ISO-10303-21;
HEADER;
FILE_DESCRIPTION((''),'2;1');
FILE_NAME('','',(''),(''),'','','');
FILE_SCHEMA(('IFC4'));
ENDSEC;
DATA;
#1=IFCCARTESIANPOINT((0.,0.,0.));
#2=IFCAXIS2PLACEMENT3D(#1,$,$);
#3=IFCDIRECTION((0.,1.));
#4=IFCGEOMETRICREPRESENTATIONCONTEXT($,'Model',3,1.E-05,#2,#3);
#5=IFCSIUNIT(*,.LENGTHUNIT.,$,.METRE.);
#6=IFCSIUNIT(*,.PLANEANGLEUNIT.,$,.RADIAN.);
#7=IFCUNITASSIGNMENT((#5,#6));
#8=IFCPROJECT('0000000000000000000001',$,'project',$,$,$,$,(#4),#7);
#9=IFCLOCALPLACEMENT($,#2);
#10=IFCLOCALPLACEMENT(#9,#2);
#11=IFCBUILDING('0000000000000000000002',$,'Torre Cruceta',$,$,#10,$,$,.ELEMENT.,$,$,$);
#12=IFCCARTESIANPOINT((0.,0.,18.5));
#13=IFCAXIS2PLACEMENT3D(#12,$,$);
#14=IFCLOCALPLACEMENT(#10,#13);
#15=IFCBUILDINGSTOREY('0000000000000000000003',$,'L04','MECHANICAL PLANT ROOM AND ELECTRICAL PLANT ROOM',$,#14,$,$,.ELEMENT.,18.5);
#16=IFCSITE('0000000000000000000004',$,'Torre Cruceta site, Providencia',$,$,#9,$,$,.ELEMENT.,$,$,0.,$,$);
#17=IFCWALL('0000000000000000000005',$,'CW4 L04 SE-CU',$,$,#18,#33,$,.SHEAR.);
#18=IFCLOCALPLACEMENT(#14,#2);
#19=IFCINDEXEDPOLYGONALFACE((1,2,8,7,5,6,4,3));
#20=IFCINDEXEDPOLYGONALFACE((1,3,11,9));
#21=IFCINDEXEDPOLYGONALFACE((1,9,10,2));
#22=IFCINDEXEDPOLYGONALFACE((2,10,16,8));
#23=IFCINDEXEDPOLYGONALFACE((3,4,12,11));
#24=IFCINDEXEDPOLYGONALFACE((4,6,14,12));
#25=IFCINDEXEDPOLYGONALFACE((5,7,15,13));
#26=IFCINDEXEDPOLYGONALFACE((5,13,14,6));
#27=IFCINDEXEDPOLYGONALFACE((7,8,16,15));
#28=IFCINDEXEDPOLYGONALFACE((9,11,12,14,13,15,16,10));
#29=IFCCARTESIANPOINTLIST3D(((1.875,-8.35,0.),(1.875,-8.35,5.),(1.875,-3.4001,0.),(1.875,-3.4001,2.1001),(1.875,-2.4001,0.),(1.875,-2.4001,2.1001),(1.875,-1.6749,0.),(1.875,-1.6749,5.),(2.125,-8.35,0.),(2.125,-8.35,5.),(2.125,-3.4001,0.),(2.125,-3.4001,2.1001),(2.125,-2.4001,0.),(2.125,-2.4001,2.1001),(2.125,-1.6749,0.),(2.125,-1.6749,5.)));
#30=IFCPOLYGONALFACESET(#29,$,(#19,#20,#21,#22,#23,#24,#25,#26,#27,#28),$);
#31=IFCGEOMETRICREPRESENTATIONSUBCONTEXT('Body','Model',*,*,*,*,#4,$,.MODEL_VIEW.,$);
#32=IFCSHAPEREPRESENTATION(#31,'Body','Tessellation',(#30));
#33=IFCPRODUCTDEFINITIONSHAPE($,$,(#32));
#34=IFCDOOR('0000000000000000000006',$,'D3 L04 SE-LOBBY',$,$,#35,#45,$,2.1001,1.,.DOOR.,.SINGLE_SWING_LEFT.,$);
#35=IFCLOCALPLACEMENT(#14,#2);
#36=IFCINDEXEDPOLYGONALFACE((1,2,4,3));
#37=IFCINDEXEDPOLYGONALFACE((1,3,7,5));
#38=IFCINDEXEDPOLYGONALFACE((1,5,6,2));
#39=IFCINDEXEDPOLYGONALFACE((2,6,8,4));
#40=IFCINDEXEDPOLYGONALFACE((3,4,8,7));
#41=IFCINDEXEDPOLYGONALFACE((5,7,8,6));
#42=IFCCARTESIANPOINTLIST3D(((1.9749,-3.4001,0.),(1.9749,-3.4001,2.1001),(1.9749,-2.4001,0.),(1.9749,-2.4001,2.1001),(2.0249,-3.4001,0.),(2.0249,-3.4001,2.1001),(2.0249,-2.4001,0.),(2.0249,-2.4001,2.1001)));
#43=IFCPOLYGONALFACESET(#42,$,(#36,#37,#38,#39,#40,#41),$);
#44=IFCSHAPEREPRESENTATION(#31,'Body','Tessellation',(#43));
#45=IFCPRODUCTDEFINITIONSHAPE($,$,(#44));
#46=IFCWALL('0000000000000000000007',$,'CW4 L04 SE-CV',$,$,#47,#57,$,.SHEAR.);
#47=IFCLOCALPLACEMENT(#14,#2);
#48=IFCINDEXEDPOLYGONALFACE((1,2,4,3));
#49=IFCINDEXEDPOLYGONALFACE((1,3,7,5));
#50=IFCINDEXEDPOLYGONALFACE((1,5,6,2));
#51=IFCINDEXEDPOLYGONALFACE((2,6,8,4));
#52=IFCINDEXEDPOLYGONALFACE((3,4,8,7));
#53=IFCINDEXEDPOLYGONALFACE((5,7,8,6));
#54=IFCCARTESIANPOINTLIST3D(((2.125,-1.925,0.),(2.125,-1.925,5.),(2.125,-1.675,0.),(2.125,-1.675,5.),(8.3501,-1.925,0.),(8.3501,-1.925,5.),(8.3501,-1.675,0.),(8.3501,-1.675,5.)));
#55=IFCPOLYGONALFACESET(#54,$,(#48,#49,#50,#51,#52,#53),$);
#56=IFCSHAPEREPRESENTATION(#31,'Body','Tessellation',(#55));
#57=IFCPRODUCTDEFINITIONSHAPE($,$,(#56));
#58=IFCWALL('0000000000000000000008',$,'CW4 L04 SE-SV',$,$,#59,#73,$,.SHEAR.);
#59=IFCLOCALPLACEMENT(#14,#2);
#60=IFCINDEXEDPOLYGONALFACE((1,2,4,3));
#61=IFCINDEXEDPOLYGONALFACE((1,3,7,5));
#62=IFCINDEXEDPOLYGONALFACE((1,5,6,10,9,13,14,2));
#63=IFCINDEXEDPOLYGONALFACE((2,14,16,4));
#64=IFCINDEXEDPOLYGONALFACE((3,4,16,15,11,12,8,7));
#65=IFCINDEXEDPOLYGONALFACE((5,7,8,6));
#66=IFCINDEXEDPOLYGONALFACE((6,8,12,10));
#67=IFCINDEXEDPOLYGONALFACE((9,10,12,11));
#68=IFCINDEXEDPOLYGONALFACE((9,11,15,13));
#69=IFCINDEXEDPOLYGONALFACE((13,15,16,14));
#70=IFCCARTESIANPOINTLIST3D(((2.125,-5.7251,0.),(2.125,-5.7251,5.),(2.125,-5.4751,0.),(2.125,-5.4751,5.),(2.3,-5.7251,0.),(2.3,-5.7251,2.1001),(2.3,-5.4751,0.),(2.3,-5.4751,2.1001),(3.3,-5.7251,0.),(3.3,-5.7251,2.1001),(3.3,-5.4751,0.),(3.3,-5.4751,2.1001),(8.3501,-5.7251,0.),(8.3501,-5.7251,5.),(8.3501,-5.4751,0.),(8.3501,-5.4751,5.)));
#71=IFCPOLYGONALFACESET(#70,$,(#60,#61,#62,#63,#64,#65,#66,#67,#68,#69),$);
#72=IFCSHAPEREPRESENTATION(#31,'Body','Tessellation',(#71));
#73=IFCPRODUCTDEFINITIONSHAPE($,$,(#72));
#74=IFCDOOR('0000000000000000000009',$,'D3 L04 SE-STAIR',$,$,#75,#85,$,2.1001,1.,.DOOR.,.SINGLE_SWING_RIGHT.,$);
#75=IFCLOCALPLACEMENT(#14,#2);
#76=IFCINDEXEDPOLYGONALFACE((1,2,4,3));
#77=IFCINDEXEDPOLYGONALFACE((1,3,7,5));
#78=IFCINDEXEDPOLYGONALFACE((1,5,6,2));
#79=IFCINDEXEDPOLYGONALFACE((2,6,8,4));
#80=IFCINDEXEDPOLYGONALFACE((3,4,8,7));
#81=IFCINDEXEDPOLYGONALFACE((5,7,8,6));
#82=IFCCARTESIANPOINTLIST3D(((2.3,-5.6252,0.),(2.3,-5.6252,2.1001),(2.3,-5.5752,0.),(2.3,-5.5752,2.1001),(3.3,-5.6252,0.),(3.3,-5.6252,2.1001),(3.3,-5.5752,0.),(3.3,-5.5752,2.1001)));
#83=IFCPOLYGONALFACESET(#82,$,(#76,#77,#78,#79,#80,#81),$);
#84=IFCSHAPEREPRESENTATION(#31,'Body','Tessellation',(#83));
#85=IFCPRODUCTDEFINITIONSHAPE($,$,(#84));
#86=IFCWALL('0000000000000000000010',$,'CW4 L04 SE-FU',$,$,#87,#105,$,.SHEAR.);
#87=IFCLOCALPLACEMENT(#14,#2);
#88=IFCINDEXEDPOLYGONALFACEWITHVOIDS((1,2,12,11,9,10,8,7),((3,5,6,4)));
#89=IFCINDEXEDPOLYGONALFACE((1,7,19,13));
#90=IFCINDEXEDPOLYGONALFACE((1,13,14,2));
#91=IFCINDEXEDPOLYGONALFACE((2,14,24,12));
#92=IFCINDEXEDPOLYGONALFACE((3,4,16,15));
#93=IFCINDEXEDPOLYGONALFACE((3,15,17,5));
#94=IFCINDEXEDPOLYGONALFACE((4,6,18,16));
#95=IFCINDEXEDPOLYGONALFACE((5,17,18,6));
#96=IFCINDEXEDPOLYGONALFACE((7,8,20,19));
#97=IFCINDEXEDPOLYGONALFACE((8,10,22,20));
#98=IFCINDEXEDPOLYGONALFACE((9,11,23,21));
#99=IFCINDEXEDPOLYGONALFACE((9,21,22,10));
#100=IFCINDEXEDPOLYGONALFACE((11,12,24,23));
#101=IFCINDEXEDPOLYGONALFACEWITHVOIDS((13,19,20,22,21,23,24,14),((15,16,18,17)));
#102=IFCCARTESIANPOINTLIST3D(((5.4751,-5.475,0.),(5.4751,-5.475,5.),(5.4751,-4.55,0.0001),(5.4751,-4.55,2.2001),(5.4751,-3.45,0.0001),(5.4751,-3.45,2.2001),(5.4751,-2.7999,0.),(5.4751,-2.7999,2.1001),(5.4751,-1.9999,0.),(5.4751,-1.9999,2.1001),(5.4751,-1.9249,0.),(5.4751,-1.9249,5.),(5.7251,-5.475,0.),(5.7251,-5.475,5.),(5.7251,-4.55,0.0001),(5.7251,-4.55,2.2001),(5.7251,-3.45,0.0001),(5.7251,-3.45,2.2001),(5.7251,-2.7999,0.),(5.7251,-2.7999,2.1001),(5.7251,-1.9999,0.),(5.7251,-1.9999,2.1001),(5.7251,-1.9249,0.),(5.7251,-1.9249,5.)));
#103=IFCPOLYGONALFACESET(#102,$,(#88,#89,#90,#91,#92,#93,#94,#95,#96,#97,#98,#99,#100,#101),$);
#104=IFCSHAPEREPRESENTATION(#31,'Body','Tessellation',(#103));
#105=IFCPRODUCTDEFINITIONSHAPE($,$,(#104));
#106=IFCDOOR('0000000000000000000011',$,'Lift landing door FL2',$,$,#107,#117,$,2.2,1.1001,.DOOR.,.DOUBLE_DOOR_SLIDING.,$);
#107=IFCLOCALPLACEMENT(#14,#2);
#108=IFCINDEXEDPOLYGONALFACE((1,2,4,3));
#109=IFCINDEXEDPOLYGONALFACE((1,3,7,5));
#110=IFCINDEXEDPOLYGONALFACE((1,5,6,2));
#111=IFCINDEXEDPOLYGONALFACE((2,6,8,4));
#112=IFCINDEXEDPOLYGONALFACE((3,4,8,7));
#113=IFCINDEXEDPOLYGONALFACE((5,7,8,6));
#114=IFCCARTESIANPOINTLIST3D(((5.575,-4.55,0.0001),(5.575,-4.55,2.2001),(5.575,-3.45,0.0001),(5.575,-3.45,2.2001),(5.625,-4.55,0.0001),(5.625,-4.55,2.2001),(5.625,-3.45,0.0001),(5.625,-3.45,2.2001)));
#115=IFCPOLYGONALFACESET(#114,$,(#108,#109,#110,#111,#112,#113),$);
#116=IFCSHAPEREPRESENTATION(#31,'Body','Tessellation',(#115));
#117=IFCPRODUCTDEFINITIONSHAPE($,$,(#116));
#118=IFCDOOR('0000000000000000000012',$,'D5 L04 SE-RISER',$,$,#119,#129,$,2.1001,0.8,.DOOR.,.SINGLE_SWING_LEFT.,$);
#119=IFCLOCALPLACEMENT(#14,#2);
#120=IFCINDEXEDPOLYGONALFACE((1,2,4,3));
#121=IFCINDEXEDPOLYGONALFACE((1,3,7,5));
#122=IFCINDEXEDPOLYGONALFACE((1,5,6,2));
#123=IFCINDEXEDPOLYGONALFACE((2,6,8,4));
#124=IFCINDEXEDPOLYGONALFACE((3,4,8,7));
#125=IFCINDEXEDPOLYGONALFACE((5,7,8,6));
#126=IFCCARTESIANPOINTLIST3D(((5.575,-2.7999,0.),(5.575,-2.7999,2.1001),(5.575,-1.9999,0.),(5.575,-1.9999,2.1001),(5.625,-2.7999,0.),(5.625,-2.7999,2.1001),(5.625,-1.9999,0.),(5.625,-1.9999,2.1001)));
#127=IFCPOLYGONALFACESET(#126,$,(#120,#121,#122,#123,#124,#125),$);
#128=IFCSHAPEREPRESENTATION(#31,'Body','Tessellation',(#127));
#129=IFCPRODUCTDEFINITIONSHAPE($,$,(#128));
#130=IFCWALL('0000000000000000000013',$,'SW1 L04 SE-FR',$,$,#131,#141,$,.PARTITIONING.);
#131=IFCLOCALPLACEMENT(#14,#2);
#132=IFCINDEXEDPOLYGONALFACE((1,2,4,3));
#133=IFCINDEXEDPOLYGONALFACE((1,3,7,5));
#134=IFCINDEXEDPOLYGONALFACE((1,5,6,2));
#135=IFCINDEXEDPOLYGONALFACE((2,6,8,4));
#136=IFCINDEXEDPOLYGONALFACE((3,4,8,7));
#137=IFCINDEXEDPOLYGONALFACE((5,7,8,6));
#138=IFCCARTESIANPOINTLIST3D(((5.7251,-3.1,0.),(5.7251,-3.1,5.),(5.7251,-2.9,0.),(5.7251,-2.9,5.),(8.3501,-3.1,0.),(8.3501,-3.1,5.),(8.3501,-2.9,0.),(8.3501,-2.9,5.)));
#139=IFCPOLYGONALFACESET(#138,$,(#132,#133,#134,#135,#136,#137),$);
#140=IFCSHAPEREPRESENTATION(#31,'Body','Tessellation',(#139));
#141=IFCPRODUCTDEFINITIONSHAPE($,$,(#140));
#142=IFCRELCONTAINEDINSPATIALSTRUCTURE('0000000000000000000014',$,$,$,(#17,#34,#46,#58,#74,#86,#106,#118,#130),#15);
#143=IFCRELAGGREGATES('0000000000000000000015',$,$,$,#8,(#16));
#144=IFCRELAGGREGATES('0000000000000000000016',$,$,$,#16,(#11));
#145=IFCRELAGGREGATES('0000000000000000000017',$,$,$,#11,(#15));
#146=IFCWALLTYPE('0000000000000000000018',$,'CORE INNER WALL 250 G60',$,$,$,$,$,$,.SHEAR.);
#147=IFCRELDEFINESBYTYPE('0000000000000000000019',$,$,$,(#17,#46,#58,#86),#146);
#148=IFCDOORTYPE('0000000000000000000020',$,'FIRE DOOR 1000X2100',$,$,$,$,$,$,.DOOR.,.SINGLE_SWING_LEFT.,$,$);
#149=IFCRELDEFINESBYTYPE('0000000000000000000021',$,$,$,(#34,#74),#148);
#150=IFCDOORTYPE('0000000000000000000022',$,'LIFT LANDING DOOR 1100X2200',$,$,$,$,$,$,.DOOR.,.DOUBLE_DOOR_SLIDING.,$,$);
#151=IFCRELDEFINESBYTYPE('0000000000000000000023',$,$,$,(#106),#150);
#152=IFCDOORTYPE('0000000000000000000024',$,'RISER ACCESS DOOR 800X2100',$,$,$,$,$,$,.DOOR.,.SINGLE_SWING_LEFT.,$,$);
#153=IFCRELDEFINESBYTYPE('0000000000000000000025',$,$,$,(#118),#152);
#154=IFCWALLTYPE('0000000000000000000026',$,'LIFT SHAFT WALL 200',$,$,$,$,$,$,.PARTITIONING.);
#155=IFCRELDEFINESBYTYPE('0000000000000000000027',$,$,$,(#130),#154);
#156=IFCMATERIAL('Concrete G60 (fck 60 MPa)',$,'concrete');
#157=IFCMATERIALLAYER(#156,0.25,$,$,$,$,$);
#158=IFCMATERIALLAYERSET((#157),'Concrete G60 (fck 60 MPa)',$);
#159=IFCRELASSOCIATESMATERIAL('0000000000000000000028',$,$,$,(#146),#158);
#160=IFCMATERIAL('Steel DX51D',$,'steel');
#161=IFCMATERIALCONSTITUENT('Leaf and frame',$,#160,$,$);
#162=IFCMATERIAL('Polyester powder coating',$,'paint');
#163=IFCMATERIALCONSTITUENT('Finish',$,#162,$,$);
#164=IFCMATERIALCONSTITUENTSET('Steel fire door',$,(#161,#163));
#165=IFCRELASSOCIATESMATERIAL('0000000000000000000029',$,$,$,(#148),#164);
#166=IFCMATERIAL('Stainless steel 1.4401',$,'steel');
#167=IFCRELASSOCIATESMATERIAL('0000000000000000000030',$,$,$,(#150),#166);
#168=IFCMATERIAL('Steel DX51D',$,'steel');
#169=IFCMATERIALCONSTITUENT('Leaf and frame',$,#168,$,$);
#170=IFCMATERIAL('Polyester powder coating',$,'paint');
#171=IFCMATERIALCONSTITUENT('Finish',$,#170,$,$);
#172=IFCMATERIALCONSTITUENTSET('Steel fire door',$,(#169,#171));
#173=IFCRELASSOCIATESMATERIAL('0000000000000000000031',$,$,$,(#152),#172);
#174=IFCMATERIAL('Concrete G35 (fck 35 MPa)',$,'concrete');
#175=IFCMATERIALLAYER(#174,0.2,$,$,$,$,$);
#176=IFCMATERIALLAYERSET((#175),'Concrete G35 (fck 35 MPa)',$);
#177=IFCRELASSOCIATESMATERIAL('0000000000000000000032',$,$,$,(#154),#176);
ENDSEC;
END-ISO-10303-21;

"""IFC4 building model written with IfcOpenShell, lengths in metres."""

from ifc_helpers import new_model, si_unit, direction, frame, frame_2d, origin, place, context, subcontext, project, spatial, rectangle, extrude, material, layer, layer_set, constituent, constituent_set, type_object, element, fill, save


model = new_model("IFC4")

# Units and contexts
model_context = context("Model", 3, precision=1e-05, world=origin(), true_north=direction((0.0, 1.0)))
body_context = subcontext(model_context, "Body", "Model", "MODEL_VIEW")
ifc_project = project(units=[si_unit("LENGTHUNIT", "METRE"), si_unit("PLANEANGLEUNIT", "RADIAN")], contexts=[model_context])

# Site, building, storey
site_placement = place(None, origin())
site = spatial("IfcSite", under=ifc_project, at=site_placement, Name="Torre Cruceta site, Providencia", CompositionType="ELEMENT", RefElevation=0.0)
building_placement = place(site_placement, origin())
building = spatial("IfcBuilding", under=site, at=building_placement, Name="Torre Cruceta", CompositionType="ELEMENT")
storey_placement = place(building_placement, frame((0.0, 0.0, 18.5)))
storey = spatial("IfcBuildingStorey", under=building, at=storey_placement, Name="L04", Description="MECHANICAL PLANT ROOM AND ELECTRICAL PLANT ROOM", CompositionType="ELEMENT", Elevation=18.5)

# Wall, opening, door
ifc_material_1 = material(Name="Concrete G60 (fck 60 MPa)", Category="concrete")
ifc_layer_1 = layer(ifc_material_1, 0.25)
ifc_layer_set_1 = layer_set([ifc_layer_1], Name="Concrete G60 (fck 60 MPa)")
wall_type_1 = type_object("IfcWallType", Name="CORE INNER WALL 250 G60", PredefinedType="SHEAR", material=ifc_layer_set_1)
wall_1_placement = place(storey_placement, frame((2.0, -1.675, 0.0), z_axis=(0.0, 0.0, 1.0), x_axis=(0.0, -1.0, 0.0)))
wall_1 = element("IfcWall", 1, at=wall_1_placement, inside=storey, type_object=wall_type_1, Name="CW4 L04 SE-CU", PredefinedType="SHEAR", context=body_context, shape_type="SweptSolid", body=[
    extrude(rectangle(XDim=6.675, YDim=0.25, at=frame_2d((3.3374, 0.0))), origin(), (0.0, 0.0, 1.0), 5.0),
])
opening_1_placement = place(wall_1_placement, frame((0.7251, 0.0, 0.0)))
opening_1 = element("IfcOpeningElement", 2, at=opening_1_placement, cuts=wall_1, PredefinedType="OPENING", context=body_context, shape_type="SweptSolid", body=[
    extrude(rectangle(XDim=1.0, YDim=2.1001, at=frame_2d((0.5, 1.05))), frame((0.0, 0.135, 0.0), z_axis=(0.0, -1.0, 0.0), x_axis=(1.0, 0.0, 0.0)), (0.0, 0.0, 1.0), 0.27),
])
ifc_material_2 = material(Name="Steel DX51D", Category="steel")
ifc_constituent_1 = constituent(ifc_material_2, Name="Leaf and frame")
ifc_material_3 = material(Name="Polyester powder coating", Category="paint")
ifc_constituent_2 = constituent(ifc_material_3, Name="Finish")
ifc_constituent_set_1 = constituent_set(constituents=[ifc_constituent_1, ifc_constituent_2], Name="Steel fire door")
door_type_1 = type_object("IfcDoorType", Name="FIRE DOOR 1000X2100", OperationType="SINGLE_SWING_LEFT", PredefinedType="DOOR", material=ifc_constituent_set_1)
door_1_placement = place(opening_1_placement, origin())
door_1 = element("IfcDoor", 3, at=door_1_placement, inside=storey, type_object=door_type_1, Name="D3 L04 SE-LOBBY", OperationType="SINGLE_SWING_LEFT", OverallHeight=2.1001, OverallWidth=1.0, PredefinedType="DOOR", context=body_context, shape_type="SweptSolid", body=[
    extrude(rectangle(XDim=1.0, YDim=2.1001, at=frame_2d((0.5, 1.05))), frame((0.0, 0.0249, 0.0), z_axis=(0.0, -1.0, 0.0), x_axis=(1.0, 0.0, 0.0)), (0.0, 0.0, 1.0), 0.05),
])
fill(opening_1, door_1)

# Wall
wall_2_placement = place(storey_placement, frame((2.125, -1.8, 0.0), z_axis=(0.0, 0.0, 1.0), x_axis=(1.0, 0.0, 0.0)))
element("IfcWall", 4, at=wall_2_placement, inside=storey, type_object=wall_type_1, Name="CW4 L04 SE-CV", PredefinedType="SHEAR", context=body_context, shape_type="SweptSolid", body=[
    extrude(rectangle(XDim=6.2251, YDim=0.25, at=frame_2d((3.1125, 0.0))), origin(), (0.0, 0.0, 1.0), 5.0),
])

# Wall, opening, door
wall_3_placement = place(storey_placement, frame((2.125, -5.6001, 0.0), z_axis=(0.0, 0.0, 1.0), x_axis=(1.0, 0.0, 0.0)))
wall_3 = element("IfcWall", 5, at=wall_3_placement, inside=storey, type_object=wall_type_1, Name="CW4 L04 SE-SV", PredefinedType="SHEAR", context=body_context, shape_type="SweptSolid", body=[
    extrude(rectangle(XDim=6.2251, YDim=0.25, at=frame_2d((3.1125, 0.0))), origin(), (0.0, 0.0, 1.0), 5.0),
])
opening_2_placement = place(wall_3_placement, frame((0.175, 0.0, 0.0)))
opening_2 = element("IfcOpeningElement", 6, at=opening_2_placement, cuts=wall_3, PredefinedType="OPENING", context=body_context, shape_type="SweptSolid", body=[
    extrude(rectangle(XDim=1.0, YDim=2.1001, at=frame_2d((0.5, 1.05))), frame((0.0, 0.135, 0.0), z_axis=(0.0, -1.0, 0.0), x_axis=(1.0, 0.0, 0.0)), (0.0, 0.0, 1.0), 0.27),
])
door_2_placement = place(opening_2_placement, frame((1.0, 0.0, 0.0), z_axis=(0.0, 0.0, 1.0), x_axis=(-1.0, 0.0, 0.0)))
door_2 = element("IfcDoor", 7, at=door_2_placement, inside=storey, type_object=door_type_1, Name="D3 L04 SE-STAIR", OperationType="SINGLE_SWING_RIGHT", OverallHeight=2.1001, OverallWidth=1.0, PredefinedType="DOOR", context=body_context, shape_type="SweptSolid", body=[
    extrude(rectangle(XDim=1.0, YDim=2.1001, at=frame_2d((0.5, 1.05))), frame((0.0, 0.0251, 0.0), z_axis=(0.0, -1.0, 0.0), x_axis=(1.0, 0.0, 0.0)), (0.0, 0.0, 1.0), 0.05),
])
fill(opening_2, door_2)

# Wall, openings, doors
wall_4_placement = place(storey_placement, frame((5.6001, -1.925, 0.0), z_axis=(0.0, 0.0, 1.0), x_axis=(0.0, -1.0, 0.0)))
wall_4 = element("IfcWall", 8, at=wall_4_placement, inside=storey, type_object=wall_type_1, Name="CW4 L04 SE-FU", PredefinedType="SHEAR", context=body_context, shape_type="SweptSolid", body=[
    extrude(rectangle(XDim=3.55, YDim=0.25, at=frame_2d((1.7749, 0.0))), origin(), (0.0, 0.0, 1.0), 5.0),
])
opening_3_placement = place(wall_4_placement, frame((1.5249, 0.0, 0.0)))
opening_3 = element("IfcOpeningElement", 9, at=opening_3_placement, cuts=wall_4, PredefinedType="OPENING", context=body_context, shape_type="SweptSolid", body=[
    extrude(rectangle(XDim=1.1001, YDim=2.2, at=frame_2d((0.55, 1.1001))), frame((0.0, 0.135, 0.0), z_axis=(0.0, -1.0, 0.0), x_axis=(1.0, 0.0, 0.0)), (0.0, 0.0, 1.0), 0.27),
])
opening_4_placement = place(wall_4_placement, frame((0.075, 0.0, 0.0)))
opening_4 = element("IfcOpeningElement", 10, at=opening_4_placement, cuts=wall_4, PredefinedType="OPENING", context=body_context, shape_type="SweptSolid", body=[
    extrude(rectangle(XDim=0.8, YDim=2.1001, at=frame_2d((0.3999, 1.05))), frame((0.0, 0.135, 0.0), z_axis=(0.0, -1.0, 0.0), x_axis=(1.0, 0.0, 0.0)), (0.0, 0.0, 1.0), 0.27),
])
ifc_material_4 = material(Name="Stainless steel 1.4401", Category="steel")
door_type_2 = type_object("IfcDoorType", Name="LIFT LANDING DOOR 1100X2200", OperationType="DOUBLE_DOOR_SLIDING", PredefinedType="DOOR", material=ifc_material_4)
door_3_placement = place(opening_3_placement, origin())
door_3 = element("IfcDoor", 11, at=door_3_placement, inside=storey, type_object=door_type_2, Name="Lift landing door FL2", OperationType="DOUBLE_DOOR_SLIDING", OverallHeight=2.2, OverallWidth=1.1001, PredefinedType="DOOR", context=body_context, shape_type="SweptSolid", body=[
    extrude(rectangle(XDim=1.1001, YDim=2.2, at=frame_2d((0.55, 1.1001))), frame((0.0, 0.0249, 0.0), z_axis=(0.0, -1.0, 0.0), x_axis=(1.0, 0.0, 0.0)), (0.0, 0.0, 1.0), 0.05),
])
fill(opening_3, door_3)
ifc_material_5 = material(Name="Steel DX51D", Category="steel")
ifc_constituent_3 = constituent(ifc_material_5, Name="Leaf and frame")
ifc_material_6 = material(Name="Polyester powder coating", Category="paint")
ifc_constituent_4 = constituent(ifc_material_6, Name="Finish")
ifc_constituent_set_2 = constituent_set(constituents=[ifc_constituent_3, ifc_constituent_4], Name="Steel fire door")
door_type_3 = type_object("IfcDoorType", Name="RISER ACCESS DOOR 800X2100", OperationType="SINGLE_SWING_LEFT", PredefinedType="DOOR", material=ifc_constituent_set_2)
door_4_placement = place(opening_4_placement, origin())
door_4 = element("IfcDoor", 12, at=door_4_placement, inside=storey, type_object=door_type_3, Name="D5 L04 SE-RISER", OperationType="SINGLE_SWING_LEFT", OverallHeight=2.1001, OverallWidth=0.8, PredefinedType="DOOR", context=body_context, shape_type="SweptSolid", body=[
    extrude(rectangle(XDim=0.8, YDim=2.1001, at=frame_2d((0.3999, 1.05))), frame((0.0, 0.0249, 0.0), z_axis=(0.0, -1.0, 0.0), x_axis=(1.0, 0.0, 0.0)), (0.0, 0.0, 1.0), 0.05),
])
fill(opening_4, door_4)

# Wall
ifc_material_7 = material(Name="Concrete G35 (fck 35 MPa)", Category="concrete")
ifc_layer_2 = layer(ifc_material_7, 0.2)
ifc_layer_set_2 = layer_set([ifc_layer_2], Name="Concrete G35 (fck 35 MPa)")
wall_type_2 = type_object("IfcWallType", Name="LIFT SHAFT WALL 200", PredefinedType="PARTITIONING", material=ifc_layer_set_2)
wall_5_placement = place(storey_placement, frame((5.7251, -3.0, 0.0), z_axis=(0.0, 0.0, 1.0), x_axis=(1.0, 0.0, 0.0)))
element("IfcWall", 13, at=wall_5_placement, inside=storey, type_object=wall_type_2, Name="SW1 L04 SE-FR", PredefinedType="PARTITIONING", context=body_context, shape_type="SweptSolid", body=[
    extrude(rectangle(XDim=2.625, YDim=0.2, at=frame_2d((1.3125, 0.0))), origin(), (0.0, 0.0, 1.0), 5.0),
])

save(model, "model.ifc")
